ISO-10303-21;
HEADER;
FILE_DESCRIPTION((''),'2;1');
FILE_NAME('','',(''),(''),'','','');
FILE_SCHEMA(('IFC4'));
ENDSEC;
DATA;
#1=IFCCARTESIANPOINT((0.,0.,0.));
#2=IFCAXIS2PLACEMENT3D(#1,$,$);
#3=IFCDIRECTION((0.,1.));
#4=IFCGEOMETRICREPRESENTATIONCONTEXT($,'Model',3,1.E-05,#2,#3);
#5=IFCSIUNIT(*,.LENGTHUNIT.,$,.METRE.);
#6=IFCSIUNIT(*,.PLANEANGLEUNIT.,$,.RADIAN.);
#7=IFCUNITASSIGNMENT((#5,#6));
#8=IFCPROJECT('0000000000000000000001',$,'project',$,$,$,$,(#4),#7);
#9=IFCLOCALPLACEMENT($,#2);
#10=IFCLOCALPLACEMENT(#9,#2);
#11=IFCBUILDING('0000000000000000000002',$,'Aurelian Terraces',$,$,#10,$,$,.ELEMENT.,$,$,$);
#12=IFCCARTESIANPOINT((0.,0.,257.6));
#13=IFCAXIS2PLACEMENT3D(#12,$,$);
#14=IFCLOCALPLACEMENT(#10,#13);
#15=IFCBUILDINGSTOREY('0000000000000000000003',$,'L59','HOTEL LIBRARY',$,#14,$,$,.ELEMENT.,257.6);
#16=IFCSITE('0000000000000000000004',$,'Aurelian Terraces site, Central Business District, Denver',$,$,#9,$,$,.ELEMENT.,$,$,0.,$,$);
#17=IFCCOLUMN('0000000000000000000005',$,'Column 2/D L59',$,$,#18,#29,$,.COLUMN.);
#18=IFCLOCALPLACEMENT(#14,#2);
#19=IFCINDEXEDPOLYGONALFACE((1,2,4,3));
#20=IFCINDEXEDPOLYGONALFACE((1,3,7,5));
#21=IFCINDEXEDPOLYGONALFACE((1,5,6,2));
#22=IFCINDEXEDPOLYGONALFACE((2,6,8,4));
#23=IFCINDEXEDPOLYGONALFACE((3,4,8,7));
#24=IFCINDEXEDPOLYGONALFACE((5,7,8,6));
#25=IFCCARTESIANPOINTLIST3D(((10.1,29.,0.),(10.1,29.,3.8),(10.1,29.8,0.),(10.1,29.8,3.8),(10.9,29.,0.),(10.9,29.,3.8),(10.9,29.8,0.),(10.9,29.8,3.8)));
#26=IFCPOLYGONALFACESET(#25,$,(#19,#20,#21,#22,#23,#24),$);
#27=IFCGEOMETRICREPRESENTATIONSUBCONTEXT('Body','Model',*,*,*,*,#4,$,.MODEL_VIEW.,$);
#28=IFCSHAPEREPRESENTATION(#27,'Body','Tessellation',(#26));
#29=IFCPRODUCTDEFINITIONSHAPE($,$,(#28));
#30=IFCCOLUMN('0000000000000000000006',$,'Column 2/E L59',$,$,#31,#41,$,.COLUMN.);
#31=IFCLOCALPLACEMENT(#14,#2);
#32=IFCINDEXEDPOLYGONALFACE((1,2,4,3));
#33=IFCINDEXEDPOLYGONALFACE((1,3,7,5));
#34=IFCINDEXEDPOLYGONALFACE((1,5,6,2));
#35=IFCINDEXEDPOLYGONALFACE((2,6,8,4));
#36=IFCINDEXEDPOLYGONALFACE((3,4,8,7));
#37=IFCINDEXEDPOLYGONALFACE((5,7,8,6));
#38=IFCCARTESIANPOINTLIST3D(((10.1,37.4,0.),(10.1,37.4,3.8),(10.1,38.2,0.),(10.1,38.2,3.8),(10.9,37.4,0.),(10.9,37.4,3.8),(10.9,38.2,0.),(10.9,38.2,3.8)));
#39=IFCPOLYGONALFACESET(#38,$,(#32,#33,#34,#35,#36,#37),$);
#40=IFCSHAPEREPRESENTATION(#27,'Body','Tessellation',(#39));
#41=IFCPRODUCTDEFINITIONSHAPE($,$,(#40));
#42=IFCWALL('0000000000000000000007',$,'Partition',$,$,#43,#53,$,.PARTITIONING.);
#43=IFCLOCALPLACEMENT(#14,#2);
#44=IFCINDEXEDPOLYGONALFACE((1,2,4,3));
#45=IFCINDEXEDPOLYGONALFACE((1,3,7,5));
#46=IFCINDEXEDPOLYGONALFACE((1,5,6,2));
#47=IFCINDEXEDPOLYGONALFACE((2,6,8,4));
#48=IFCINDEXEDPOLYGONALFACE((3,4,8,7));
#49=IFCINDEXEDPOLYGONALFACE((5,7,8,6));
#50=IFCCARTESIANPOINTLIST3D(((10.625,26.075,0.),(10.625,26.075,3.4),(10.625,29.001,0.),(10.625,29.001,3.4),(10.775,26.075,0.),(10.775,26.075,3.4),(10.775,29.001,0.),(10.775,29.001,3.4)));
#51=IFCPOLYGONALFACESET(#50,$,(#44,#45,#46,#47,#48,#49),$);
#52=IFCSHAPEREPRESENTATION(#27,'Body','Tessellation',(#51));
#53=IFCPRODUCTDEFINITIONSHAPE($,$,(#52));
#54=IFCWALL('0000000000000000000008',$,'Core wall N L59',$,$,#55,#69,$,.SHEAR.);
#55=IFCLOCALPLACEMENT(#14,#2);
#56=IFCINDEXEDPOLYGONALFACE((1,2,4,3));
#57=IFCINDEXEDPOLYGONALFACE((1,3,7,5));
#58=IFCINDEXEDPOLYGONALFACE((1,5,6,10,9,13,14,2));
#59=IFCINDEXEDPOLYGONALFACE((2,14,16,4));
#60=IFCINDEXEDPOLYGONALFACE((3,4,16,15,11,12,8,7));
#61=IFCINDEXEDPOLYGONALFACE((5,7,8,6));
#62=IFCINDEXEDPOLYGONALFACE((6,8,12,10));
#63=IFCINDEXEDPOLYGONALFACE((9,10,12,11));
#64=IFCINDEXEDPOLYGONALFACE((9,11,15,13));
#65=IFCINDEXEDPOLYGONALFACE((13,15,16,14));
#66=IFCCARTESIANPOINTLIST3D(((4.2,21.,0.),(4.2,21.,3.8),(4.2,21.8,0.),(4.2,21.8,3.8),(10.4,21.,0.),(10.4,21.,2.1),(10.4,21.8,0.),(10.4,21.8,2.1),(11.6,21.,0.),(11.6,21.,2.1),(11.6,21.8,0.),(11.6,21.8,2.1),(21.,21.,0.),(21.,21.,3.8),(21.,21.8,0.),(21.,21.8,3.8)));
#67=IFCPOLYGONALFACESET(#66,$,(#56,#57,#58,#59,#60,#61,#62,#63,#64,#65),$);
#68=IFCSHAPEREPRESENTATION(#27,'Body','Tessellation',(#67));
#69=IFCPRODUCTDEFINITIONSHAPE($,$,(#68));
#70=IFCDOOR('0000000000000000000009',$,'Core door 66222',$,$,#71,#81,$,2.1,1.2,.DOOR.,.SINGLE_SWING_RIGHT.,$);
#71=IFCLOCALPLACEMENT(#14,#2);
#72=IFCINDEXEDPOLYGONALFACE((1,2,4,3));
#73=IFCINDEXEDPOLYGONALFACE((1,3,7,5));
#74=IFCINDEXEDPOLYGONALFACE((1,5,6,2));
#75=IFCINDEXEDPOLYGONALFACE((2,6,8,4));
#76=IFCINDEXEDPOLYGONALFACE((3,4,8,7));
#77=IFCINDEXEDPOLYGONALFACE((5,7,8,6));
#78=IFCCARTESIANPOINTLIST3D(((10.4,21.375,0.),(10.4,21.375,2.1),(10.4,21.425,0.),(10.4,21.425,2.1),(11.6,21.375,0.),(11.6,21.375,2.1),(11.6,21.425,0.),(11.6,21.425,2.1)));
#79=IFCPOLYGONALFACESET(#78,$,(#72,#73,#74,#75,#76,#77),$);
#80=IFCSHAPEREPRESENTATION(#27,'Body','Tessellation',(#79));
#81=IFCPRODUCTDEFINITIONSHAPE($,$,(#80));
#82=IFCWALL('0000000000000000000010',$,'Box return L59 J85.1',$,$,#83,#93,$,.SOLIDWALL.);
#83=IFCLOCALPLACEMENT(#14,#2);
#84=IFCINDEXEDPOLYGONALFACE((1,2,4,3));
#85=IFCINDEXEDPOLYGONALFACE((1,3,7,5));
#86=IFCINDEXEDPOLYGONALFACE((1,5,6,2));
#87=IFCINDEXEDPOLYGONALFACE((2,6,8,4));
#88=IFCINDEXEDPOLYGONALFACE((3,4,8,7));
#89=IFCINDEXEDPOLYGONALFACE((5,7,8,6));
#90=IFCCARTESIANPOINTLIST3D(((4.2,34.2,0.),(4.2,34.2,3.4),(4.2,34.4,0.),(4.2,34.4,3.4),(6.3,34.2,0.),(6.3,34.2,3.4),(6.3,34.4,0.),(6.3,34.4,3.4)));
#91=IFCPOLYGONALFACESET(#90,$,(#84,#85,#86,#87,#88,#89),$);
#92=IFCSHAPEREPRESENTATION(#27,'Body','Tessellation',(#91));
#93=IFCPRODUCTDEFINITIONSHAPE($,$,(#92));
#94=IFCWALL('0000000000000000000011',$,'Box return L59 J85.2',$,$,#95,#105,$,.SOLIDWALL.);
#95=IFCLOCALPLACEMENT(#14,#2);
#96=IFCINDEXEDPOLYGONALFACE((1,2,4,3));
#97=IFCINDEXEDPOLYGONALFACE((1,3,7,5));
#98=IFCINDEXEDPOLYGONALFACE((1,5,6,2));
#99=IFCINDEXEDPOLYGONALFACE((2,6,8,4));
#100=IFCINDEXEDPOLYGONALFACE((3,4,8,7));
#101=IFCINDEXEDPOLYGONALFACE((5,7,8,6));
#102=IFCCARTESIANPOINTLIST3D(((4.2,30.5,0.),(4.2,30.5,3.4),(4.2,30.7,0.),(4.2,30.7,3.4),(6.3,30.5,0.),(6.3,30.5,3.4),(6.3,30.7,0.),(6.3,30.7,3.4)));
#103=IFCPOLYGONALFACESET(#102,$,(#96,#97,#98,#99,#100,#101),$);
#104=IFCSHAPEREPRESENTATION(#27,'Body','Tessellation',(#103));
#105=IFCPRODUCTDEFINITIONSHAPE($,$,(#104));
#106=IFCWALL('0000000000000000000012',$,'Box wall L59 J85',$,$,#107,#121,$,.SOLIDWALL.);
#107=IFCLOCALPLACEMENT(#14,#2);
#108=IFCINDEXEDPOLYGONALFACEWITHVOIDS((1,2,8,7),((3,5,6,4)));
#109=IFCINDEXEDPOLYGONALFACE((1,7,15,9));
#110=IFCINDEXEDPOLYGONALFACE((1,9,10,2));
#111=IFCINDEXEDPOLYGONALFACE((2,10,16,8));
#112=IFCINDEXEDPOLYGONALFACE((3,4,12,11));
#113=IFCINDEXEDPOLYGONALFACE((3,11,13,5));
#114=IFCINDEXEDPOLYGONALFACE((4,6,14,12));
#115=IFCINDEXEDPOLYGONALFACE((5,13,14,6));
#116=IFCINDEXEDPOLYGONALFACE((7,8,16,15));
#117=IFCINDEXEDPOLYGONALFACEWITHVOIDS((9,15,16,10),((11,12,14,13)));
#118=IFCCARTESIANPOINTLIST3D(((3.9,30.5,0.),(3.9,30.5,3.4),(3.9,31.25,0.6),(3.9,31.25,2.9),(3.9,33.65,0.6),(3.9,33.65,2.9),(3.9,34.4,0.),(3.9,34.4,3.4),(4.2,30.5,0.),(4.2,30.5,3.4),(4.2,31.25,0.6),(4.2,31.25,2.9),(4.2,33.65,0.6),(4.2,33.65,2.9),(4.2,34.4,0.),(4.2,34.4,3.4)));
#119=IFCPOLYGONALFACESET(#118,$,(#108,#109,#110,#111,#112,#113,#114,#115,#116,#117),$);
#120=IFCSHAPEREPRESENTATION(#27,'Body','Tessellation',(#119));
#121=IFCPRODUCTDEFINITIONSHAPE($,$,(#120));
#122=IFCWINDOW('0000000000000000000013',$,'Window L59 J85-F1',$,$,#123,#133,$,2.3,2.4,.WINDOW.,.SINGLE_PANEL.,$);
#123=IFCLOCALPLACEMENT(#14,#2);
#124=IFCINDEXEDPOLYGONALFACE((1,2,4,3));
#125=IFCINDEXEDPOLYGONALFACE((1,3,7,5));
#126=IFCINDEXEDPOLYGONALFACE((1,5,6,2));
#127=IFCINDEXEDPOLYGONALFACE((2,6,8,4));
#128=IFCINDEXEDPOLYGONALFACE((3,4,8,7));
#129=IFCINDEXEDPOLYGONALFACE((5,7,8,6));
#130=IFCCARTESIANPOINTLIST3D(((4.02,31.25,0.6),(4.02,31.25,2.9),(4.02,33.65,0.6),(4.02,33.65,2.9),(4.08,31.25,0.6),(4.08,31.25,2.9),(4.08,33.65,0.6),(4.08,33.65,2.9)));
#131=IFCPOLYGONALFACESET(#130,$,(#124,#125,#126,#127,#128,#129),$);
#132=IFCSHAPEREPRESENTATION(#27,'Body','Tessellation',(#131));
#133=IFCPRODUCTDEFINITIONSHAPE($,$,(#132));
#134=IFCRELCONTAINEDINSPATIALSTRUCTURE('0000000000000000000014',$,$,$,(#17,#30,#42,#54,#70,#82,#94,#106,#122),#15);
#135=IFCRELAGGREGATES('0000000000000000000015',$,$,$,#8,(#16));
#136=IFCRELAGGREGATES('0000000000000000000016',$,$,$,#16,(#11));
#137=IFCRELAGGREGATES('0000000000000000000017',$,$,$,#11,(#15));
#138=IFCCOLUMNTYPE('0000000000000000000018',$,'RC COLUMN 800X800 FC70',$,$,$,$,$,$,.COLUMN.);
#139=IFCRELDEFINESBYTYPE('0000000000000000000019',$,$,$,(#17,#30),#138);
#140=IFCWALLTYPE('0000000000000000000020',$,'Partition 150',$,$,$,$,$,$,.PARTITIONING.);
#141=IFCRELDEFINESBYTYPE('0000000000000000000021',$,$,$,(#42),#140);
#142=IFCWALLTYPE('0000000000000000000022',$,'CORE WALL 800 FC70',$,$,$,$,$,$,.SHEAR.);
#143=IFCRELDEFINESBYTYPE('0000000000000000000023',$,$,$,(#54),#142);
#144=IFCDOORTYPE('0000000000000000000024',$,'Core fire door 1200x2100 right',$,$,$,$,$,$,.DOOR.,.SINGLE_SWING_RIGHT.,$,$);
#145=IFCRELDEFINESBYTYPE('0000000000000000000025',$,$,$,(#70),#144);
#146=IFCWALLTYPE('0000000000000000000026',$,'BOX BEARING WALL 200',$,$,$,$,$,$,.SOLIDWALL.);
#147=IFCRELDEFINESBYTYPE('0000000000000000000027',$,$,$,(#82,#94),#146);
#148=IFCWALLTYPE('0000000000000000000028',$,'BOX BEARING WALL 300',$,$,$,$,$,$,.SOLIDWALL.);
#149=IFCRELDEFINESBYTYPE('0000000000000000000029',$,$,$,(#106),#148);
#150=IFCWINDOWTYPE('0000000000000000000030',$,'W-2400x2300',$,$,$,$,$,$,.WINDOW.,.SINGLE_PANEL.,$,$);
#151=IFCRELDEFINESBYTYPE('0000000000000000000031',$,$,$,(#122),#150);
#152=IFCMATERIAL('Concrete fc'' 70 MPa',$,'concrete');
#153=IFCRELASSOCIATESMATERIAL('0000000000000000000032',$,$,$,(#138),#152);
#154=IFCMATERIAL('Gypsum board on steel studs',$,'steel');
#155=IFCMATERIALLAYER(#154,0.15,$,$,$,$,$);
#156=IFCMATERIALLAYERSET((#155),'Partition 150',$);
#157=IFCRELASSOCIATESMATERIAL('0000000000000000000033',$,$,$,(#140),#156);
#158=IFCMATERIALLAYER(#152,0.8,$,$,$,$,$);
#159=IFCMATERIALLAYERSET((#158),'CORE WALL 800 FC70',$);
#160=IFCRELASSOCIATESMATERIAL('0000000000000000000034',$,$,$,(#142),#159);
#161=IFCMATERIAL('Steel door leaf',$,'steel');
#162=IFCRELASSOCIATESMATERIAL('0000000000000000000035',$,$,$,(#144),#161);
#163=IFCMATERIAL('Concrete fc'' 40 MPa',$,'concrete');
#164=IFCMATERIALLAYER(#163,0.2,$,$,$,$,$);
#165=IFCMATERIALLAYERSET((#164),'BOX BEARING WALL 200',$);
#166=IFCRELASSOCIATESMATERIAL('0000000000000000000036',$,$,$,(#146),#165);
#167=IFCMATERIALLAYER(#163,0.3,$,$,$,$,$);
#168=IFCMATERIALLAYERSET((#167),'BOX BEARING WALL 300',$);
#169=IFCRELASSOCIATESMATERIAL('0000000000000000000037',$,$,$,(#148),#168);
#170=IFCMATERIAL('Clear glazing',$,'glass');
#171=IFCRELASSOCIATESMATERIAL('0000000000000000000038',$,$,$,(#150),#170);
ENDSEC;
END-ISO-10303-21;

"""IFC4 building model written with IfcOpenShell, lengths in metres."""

from ifc_helpers import new_model, si_unit, direction, frame, frame_2d, origin, origin_2d, place, context, subcontext, project, spatial, rectangle, extrude, source, transform, mapped, material, layer, layer_set, material_profile, profile_set, type_object, element, fill, save


model = new_model("IFC4")

# Units and contexts
model_context = context("Model", 3, precision=1e-05, world=origin(), true_north=direction((0.0, 1.0)))
body_context = subcontext(model_context, "Body", "Model", "MODEL_VIEW")
ifc_project = project(units=[si_unit("LENGTHUNIT", "METRE"), si_unit("PLANEANGLEUNIT", "RADIAN")], contexts=[model_context])

# Site, building, storey
site_placement = place(None, origin())
site = spatial("IfcSite", under=ifc_project, at=site_placement, Name="Aurelian Terraces site, Central Business District, Denver", CompositionType="ELEMENT", RefElevation=0.0)
building_placement = place(site_placement, origin())
building = spatial("IfcBuilding", under=site, at=building_placement, Name="Aurelian Terraces", CompositionType="ELEMENT")
storey_placement = place(building_placement, frame((0.0, 0.0, 257.6)))
storey = spatial("IfcBuildingStorey", under=building, at=storey_placement, Name="L59", Description="HOTEL LIBRARY", CompositionType="ELEMENT", Elevation=257.6)

# Columns
ifc_material_1 = material(Name="Concrete fc' 70 MPa", Category="concrete")
ifc_material_profile = material_profile(ifc_material_1, rectangle(XDim=0.8, YDim=0.8, at=origin_2d()))
ifc_profile_set = profile_set([ifc_material_profile], Name="Concrete fc' 70 MPa")
column_type = type_object("IfcColumnType", Name="RC COLUMN 800X800 FC70", PredefinedType="COLUMN", material=ifc_profile_set)
shared_shape_1 = source(origin(), body_context, "Body", "SweptSolid", [
    extrude(rectangle(XDim=0.8, YDim=0.8, at=origin_2d()), origin(), (0.0, 0.0, 1.0), 3.8),
])
for number, where, z_axis, x_axis, name in (
    (1, (10.5, 29.4, 0.0), (0.0, 0.0, 1.0), (1.0, 0.0, 0.0), "Column 2/D L59"),
    (2, (10.5, 37.8, 0.0), (0.0, 0.0, 1.0), (1.0, 0.0, 0.0), "Column 2/E L59"),
):
    element("IfcColumn", number, at=place(storey_placement, frame(where, z_axis=z_axis, x_axis=x_axis)), inside=storey, type_object=column_type, Name=name, PredefinedType="COLUMN", context=body_context, shape_type="MappedRepresentation", body=[
        mapped(shared_shape_1, transform((0.0, 0.0, 0.0), scale=1.0)),
    ])

# Wall
ifc_material_2 = material(Name="Gypsum board on steel studs", Category="steel")
ifc_layer_1 = layer(ifc_material_2, 0.15)
ifc_layer_set_1 = layer_set([ifc_layer_1], Name="Partition 150")
wall_type_1 = type_object("IfcWallType", Name="Partition 150", PredefinedType="PARTITIONING", material=ifc_layer_set_1)
wall_1_placement = place(storey_placement, frame((10.7, 26.075, 0.0), z_axis=(0.0, 0.0, 1.0), x_axis=(0.0, 1.0, 0.0)))
element("IfcWall", 3, at=wall_1_placement, inside=storey, type_object=wall_type_1, Name="Partition", PredefinedType="PARTITIONING", context=body_context, shape_type="SweptSolid", body=[
    extrude(rectangle(XDim=2.926, YDim=0.15, at=frame_2d((1.463, 0.0))), origin(), (0.0, 0.0, 1.0), 3.4),
])

# Wall, opening, door
ifc_layer_2 = layer(ifc_material_1, 0.8)
ifc_layer_set_2 = layer_set([ifc_layer_2], Name="CORE WALL 800 FC70")
wall_type_2 = type_object("IfcWallType", Name="CORE WALL 800 FC70", PredefinedType="SHEAR", material=ifc_layer_set_2)
shared_shape_2 = source(origin(), body_context, "Body", "SweptSolid", [
    extrude(rectangle(XDim=16.8, YDim=0.8, at=frame_2d((8.4, 0.0))), origin(), (0.0, 0.0, 1.0), 3.8),
])
wall_2_placement = place(storey_placement, frame((4.2, 21.4, 0.0), z_axis=(0.0, 0.0, 1.0), x_axis=(1.0, 0.0, 0.0)))
wall_2 = element("IfcWall", 4, at=wall_2_placement, inside=storey, type_object=wall_type_2, Name="Core wall N L59", PredefinedType="SHEAR", context=body_context, shape_type="MappedRepresentation", body=[
    mapped(shared_shape_2, transform((0.0, 0.0, 0.0), scale=1.0)),
])
shared_shape_3 = source(origin(), body_context, "Body", "SweptSolid", [
    extrude(rectangle(XDim=1.2, YDim=2.1, at=frame_2d((0.6, 1.05))), frame((0.0, 0.41, 0.0), z_axis=(0.0, -1.0, 0.0), x_axis=(1.0, 0.0, 0.0)), (0.0, 0.0, 1.0), 0.82),
])
opening_1_placement = place(wall_2_placement, frame((6.2, 0.0, 0.0)))
opening_1 = element("IfcOpeningElement", 5, at=opening_1_placement, cuts=wall_2, PredefinedType="OPENING", context=body_context, shape_type="MappedRepresentation", body=[
    mapped(shared_shape_3, transform((0.0, 0.0, 0.0), scale=1.0)),
])
ifc_material_3 = material(Name="Steel door leaf", Category="steel")
door_type_1 = type_object("IfcDoorType", Name="Core fire door 1200x2100 right", OperationType="SINGLE_SWING_RIGHT", PredefinedType="DOOR", material=ifc_material_3)
shared_shape_4 = source(origin(), body_context, "Body", "SweptSolid", [
    extrude(rectangle(XDim=1.2, YDim=2.1, at=frame_2d((0.6, 1.05))), frame((0.0, 0.025, 0.0), z_axis=(0.0, -1.0, 0.0), x_axis=(1.0, 0.0, 0.0)), (0.0, 0.0, 1.0), 0.05),
])
door_1_placement = place(opening_1_placement, origin())
door_1 = element("IfcDoor", 6, at=door_1_placement, inside=storey, type_object=door_type_1, Name="Core door 66222", OperationType="SINGLE_SWING_RIGHT", OverallHeight=2.1, OverallWidth=1.2, PredefinedType="DOOR", context=body_context, shape_type="MappedRepresentation", body=[
    mapped(shared_shape_4, transform((0.0, 0.0, 0.0), scale=1.0)),
])
fill(opening_1, door_1)

# Walls
ifc_material_4 = material(Name="Concrete fc' 40 MPa", Category="concrete")
ifc_layer_3 = layer(ifc_material_4, 0.2)
ifc_layer_set_3 = layer_set([ifc_layer_3], Name="BOX BEARING WALL 200")
wall_type_3 = type_object("IfcWallType", Name="BOX BEARING WALL 200", PredefinedType="SOLIDWALL", material=ifc_layer_set_3)
shared_shape_5 = source(origin(), body_context, "Body", "SweptSolid", [
    extrude(rectangle(XDim=2.1, YDim=0.2, at=frame_2d((1.05, 0.0))), origin(), (0.0, 0.0, 1.0), 3.4),
])
for number, where, z_axis, x_axis, name in (
    (7, (6.3, 34.3, 0.0), (0.0, 0.0, 1.0), (-1.0, 0.0, 0.0), "Box return L59 J85.1"),
    (8, (6.3, 30.6, 0.0), (0.0, 0.0, 1.0), (-1.0, 0.0, 0.0), "Box return L59 J85.2"),
):
    element("IfcWall", number, at=place(storey_placement, frame(where, z_axis=z_axis, x_axis=x_axis)), inside=storey, type_object=wall_type_3, Name=name, PredefinedType="SOLIDWALL", context=body_context, shape_type="MappedRepresentation", body=[
        mapped(shared_shape_5, transform((0.0, 0.0, 0.0), scale=1.0)),
    ])

# Wall, opening, window
ifc_layer_4 = layer(ifc_material_4, 0.3)
ifc_layer_set_4 = layer_set([ifc_layer_4], Name="BOX BEARING WALL 300")
wall_type_4 = type_object("IfcWallType", Name="BOX BEARING WALL 300", PredefinedType="SOLIDWALL", material=ifc_layer_set_4)
shared_shape_6 = source(origin(), body_context, "Body", "SweptSolid", [
    extrude(rectangle(XDim=3.9, YDim=0.3, at=frame_2d((1.95, 0.0))), origin(), (0.0, 0.0, 1.0), 3.4),
])
wall_3_placement = place(storey_placement, frame((4.05, 34.4, 0.0), z_axis=(0.0, 0.0, 1.0), x_axis=(0.0, -1.0, 0.0)))
wall_3 = element("IfcWall", 9, at=wall_3_placement, inside=storey, type_object=wall_type_4, Name="Box wall L59 J85", PredefinedType="SOLIDWALL", context=body_context, shape_type="MappedRepresentation", body=[
    mapped(shared_shape_6, transform((0.0, 0.0, 0.0), scale=1.0)),
])
shared_shape_7 = source(origin(), body_context, "Body", "SweptSolid", [
    extrude(rectangle(XDim=2.4, YDim=2.3, at=frame_2d((1.2, 1.15))), frame((0.0, 0.16, 0.0), z_axis=(0.0, -1.0, 0.0), x_axis=(1.0, 0.0, 0.0)), (0.0, 0.0, 1.0), 0.32),
])
opening_2_placement = place(wall_3_placement, frame((0.75, 0.0, 0.6)))
opening_2 = element("IfcOpeningElement", 10, at=opening_2_placement, cuts=wall_3, PredefinedType="OPENING", context=body_context, shape_type="MappedRepresentation", body=[
    mapped(shared_shape_7, transform((0.0, 0.0, 0.0), scale=1.0)),
])
ifc_material_5 = material(Name="Clear glazing", Category="glass")
window_type = type_object("IfcWindowType", Name="W-2400x2300", PartitioningType="SINGLE_PANEL", PredefinedType="WINDOW", material=ifc_material_5)
shared_shape_8 = source(origin(), body_context, "Body", "SweptSolid", [
    extrude(rectangle(XDim=2.4, YDim=2.3, at=frame_2d((1.2, 1.15))), frame((0.0, 0.03, 0.0), z_axis=(0.0, -1.0, 0.0), x_axis=(1.0, 0.0, 0.0)), (0.0, 0.0, 1.0), 0.06),
])
window_placement = place(opening_2_placement, origin())
window = element("IfcWindow", 11, at=window_placement, inside=storey, type_object=window_type, Name="Window L59 J85-F1", OverallHeight=2.3, OverallWidth=2.4, PartitioningType="SINGLE_PANEL", PredefinedType="WINDOW", context=body_context, shape_type="MappedRepresentation", body=[
    mapped(shared_shape_8, transform((0.0, 0.0, 0.0), scale=1.0)),
])
fill(opening_2, window)

save(model, "model.ifc")
